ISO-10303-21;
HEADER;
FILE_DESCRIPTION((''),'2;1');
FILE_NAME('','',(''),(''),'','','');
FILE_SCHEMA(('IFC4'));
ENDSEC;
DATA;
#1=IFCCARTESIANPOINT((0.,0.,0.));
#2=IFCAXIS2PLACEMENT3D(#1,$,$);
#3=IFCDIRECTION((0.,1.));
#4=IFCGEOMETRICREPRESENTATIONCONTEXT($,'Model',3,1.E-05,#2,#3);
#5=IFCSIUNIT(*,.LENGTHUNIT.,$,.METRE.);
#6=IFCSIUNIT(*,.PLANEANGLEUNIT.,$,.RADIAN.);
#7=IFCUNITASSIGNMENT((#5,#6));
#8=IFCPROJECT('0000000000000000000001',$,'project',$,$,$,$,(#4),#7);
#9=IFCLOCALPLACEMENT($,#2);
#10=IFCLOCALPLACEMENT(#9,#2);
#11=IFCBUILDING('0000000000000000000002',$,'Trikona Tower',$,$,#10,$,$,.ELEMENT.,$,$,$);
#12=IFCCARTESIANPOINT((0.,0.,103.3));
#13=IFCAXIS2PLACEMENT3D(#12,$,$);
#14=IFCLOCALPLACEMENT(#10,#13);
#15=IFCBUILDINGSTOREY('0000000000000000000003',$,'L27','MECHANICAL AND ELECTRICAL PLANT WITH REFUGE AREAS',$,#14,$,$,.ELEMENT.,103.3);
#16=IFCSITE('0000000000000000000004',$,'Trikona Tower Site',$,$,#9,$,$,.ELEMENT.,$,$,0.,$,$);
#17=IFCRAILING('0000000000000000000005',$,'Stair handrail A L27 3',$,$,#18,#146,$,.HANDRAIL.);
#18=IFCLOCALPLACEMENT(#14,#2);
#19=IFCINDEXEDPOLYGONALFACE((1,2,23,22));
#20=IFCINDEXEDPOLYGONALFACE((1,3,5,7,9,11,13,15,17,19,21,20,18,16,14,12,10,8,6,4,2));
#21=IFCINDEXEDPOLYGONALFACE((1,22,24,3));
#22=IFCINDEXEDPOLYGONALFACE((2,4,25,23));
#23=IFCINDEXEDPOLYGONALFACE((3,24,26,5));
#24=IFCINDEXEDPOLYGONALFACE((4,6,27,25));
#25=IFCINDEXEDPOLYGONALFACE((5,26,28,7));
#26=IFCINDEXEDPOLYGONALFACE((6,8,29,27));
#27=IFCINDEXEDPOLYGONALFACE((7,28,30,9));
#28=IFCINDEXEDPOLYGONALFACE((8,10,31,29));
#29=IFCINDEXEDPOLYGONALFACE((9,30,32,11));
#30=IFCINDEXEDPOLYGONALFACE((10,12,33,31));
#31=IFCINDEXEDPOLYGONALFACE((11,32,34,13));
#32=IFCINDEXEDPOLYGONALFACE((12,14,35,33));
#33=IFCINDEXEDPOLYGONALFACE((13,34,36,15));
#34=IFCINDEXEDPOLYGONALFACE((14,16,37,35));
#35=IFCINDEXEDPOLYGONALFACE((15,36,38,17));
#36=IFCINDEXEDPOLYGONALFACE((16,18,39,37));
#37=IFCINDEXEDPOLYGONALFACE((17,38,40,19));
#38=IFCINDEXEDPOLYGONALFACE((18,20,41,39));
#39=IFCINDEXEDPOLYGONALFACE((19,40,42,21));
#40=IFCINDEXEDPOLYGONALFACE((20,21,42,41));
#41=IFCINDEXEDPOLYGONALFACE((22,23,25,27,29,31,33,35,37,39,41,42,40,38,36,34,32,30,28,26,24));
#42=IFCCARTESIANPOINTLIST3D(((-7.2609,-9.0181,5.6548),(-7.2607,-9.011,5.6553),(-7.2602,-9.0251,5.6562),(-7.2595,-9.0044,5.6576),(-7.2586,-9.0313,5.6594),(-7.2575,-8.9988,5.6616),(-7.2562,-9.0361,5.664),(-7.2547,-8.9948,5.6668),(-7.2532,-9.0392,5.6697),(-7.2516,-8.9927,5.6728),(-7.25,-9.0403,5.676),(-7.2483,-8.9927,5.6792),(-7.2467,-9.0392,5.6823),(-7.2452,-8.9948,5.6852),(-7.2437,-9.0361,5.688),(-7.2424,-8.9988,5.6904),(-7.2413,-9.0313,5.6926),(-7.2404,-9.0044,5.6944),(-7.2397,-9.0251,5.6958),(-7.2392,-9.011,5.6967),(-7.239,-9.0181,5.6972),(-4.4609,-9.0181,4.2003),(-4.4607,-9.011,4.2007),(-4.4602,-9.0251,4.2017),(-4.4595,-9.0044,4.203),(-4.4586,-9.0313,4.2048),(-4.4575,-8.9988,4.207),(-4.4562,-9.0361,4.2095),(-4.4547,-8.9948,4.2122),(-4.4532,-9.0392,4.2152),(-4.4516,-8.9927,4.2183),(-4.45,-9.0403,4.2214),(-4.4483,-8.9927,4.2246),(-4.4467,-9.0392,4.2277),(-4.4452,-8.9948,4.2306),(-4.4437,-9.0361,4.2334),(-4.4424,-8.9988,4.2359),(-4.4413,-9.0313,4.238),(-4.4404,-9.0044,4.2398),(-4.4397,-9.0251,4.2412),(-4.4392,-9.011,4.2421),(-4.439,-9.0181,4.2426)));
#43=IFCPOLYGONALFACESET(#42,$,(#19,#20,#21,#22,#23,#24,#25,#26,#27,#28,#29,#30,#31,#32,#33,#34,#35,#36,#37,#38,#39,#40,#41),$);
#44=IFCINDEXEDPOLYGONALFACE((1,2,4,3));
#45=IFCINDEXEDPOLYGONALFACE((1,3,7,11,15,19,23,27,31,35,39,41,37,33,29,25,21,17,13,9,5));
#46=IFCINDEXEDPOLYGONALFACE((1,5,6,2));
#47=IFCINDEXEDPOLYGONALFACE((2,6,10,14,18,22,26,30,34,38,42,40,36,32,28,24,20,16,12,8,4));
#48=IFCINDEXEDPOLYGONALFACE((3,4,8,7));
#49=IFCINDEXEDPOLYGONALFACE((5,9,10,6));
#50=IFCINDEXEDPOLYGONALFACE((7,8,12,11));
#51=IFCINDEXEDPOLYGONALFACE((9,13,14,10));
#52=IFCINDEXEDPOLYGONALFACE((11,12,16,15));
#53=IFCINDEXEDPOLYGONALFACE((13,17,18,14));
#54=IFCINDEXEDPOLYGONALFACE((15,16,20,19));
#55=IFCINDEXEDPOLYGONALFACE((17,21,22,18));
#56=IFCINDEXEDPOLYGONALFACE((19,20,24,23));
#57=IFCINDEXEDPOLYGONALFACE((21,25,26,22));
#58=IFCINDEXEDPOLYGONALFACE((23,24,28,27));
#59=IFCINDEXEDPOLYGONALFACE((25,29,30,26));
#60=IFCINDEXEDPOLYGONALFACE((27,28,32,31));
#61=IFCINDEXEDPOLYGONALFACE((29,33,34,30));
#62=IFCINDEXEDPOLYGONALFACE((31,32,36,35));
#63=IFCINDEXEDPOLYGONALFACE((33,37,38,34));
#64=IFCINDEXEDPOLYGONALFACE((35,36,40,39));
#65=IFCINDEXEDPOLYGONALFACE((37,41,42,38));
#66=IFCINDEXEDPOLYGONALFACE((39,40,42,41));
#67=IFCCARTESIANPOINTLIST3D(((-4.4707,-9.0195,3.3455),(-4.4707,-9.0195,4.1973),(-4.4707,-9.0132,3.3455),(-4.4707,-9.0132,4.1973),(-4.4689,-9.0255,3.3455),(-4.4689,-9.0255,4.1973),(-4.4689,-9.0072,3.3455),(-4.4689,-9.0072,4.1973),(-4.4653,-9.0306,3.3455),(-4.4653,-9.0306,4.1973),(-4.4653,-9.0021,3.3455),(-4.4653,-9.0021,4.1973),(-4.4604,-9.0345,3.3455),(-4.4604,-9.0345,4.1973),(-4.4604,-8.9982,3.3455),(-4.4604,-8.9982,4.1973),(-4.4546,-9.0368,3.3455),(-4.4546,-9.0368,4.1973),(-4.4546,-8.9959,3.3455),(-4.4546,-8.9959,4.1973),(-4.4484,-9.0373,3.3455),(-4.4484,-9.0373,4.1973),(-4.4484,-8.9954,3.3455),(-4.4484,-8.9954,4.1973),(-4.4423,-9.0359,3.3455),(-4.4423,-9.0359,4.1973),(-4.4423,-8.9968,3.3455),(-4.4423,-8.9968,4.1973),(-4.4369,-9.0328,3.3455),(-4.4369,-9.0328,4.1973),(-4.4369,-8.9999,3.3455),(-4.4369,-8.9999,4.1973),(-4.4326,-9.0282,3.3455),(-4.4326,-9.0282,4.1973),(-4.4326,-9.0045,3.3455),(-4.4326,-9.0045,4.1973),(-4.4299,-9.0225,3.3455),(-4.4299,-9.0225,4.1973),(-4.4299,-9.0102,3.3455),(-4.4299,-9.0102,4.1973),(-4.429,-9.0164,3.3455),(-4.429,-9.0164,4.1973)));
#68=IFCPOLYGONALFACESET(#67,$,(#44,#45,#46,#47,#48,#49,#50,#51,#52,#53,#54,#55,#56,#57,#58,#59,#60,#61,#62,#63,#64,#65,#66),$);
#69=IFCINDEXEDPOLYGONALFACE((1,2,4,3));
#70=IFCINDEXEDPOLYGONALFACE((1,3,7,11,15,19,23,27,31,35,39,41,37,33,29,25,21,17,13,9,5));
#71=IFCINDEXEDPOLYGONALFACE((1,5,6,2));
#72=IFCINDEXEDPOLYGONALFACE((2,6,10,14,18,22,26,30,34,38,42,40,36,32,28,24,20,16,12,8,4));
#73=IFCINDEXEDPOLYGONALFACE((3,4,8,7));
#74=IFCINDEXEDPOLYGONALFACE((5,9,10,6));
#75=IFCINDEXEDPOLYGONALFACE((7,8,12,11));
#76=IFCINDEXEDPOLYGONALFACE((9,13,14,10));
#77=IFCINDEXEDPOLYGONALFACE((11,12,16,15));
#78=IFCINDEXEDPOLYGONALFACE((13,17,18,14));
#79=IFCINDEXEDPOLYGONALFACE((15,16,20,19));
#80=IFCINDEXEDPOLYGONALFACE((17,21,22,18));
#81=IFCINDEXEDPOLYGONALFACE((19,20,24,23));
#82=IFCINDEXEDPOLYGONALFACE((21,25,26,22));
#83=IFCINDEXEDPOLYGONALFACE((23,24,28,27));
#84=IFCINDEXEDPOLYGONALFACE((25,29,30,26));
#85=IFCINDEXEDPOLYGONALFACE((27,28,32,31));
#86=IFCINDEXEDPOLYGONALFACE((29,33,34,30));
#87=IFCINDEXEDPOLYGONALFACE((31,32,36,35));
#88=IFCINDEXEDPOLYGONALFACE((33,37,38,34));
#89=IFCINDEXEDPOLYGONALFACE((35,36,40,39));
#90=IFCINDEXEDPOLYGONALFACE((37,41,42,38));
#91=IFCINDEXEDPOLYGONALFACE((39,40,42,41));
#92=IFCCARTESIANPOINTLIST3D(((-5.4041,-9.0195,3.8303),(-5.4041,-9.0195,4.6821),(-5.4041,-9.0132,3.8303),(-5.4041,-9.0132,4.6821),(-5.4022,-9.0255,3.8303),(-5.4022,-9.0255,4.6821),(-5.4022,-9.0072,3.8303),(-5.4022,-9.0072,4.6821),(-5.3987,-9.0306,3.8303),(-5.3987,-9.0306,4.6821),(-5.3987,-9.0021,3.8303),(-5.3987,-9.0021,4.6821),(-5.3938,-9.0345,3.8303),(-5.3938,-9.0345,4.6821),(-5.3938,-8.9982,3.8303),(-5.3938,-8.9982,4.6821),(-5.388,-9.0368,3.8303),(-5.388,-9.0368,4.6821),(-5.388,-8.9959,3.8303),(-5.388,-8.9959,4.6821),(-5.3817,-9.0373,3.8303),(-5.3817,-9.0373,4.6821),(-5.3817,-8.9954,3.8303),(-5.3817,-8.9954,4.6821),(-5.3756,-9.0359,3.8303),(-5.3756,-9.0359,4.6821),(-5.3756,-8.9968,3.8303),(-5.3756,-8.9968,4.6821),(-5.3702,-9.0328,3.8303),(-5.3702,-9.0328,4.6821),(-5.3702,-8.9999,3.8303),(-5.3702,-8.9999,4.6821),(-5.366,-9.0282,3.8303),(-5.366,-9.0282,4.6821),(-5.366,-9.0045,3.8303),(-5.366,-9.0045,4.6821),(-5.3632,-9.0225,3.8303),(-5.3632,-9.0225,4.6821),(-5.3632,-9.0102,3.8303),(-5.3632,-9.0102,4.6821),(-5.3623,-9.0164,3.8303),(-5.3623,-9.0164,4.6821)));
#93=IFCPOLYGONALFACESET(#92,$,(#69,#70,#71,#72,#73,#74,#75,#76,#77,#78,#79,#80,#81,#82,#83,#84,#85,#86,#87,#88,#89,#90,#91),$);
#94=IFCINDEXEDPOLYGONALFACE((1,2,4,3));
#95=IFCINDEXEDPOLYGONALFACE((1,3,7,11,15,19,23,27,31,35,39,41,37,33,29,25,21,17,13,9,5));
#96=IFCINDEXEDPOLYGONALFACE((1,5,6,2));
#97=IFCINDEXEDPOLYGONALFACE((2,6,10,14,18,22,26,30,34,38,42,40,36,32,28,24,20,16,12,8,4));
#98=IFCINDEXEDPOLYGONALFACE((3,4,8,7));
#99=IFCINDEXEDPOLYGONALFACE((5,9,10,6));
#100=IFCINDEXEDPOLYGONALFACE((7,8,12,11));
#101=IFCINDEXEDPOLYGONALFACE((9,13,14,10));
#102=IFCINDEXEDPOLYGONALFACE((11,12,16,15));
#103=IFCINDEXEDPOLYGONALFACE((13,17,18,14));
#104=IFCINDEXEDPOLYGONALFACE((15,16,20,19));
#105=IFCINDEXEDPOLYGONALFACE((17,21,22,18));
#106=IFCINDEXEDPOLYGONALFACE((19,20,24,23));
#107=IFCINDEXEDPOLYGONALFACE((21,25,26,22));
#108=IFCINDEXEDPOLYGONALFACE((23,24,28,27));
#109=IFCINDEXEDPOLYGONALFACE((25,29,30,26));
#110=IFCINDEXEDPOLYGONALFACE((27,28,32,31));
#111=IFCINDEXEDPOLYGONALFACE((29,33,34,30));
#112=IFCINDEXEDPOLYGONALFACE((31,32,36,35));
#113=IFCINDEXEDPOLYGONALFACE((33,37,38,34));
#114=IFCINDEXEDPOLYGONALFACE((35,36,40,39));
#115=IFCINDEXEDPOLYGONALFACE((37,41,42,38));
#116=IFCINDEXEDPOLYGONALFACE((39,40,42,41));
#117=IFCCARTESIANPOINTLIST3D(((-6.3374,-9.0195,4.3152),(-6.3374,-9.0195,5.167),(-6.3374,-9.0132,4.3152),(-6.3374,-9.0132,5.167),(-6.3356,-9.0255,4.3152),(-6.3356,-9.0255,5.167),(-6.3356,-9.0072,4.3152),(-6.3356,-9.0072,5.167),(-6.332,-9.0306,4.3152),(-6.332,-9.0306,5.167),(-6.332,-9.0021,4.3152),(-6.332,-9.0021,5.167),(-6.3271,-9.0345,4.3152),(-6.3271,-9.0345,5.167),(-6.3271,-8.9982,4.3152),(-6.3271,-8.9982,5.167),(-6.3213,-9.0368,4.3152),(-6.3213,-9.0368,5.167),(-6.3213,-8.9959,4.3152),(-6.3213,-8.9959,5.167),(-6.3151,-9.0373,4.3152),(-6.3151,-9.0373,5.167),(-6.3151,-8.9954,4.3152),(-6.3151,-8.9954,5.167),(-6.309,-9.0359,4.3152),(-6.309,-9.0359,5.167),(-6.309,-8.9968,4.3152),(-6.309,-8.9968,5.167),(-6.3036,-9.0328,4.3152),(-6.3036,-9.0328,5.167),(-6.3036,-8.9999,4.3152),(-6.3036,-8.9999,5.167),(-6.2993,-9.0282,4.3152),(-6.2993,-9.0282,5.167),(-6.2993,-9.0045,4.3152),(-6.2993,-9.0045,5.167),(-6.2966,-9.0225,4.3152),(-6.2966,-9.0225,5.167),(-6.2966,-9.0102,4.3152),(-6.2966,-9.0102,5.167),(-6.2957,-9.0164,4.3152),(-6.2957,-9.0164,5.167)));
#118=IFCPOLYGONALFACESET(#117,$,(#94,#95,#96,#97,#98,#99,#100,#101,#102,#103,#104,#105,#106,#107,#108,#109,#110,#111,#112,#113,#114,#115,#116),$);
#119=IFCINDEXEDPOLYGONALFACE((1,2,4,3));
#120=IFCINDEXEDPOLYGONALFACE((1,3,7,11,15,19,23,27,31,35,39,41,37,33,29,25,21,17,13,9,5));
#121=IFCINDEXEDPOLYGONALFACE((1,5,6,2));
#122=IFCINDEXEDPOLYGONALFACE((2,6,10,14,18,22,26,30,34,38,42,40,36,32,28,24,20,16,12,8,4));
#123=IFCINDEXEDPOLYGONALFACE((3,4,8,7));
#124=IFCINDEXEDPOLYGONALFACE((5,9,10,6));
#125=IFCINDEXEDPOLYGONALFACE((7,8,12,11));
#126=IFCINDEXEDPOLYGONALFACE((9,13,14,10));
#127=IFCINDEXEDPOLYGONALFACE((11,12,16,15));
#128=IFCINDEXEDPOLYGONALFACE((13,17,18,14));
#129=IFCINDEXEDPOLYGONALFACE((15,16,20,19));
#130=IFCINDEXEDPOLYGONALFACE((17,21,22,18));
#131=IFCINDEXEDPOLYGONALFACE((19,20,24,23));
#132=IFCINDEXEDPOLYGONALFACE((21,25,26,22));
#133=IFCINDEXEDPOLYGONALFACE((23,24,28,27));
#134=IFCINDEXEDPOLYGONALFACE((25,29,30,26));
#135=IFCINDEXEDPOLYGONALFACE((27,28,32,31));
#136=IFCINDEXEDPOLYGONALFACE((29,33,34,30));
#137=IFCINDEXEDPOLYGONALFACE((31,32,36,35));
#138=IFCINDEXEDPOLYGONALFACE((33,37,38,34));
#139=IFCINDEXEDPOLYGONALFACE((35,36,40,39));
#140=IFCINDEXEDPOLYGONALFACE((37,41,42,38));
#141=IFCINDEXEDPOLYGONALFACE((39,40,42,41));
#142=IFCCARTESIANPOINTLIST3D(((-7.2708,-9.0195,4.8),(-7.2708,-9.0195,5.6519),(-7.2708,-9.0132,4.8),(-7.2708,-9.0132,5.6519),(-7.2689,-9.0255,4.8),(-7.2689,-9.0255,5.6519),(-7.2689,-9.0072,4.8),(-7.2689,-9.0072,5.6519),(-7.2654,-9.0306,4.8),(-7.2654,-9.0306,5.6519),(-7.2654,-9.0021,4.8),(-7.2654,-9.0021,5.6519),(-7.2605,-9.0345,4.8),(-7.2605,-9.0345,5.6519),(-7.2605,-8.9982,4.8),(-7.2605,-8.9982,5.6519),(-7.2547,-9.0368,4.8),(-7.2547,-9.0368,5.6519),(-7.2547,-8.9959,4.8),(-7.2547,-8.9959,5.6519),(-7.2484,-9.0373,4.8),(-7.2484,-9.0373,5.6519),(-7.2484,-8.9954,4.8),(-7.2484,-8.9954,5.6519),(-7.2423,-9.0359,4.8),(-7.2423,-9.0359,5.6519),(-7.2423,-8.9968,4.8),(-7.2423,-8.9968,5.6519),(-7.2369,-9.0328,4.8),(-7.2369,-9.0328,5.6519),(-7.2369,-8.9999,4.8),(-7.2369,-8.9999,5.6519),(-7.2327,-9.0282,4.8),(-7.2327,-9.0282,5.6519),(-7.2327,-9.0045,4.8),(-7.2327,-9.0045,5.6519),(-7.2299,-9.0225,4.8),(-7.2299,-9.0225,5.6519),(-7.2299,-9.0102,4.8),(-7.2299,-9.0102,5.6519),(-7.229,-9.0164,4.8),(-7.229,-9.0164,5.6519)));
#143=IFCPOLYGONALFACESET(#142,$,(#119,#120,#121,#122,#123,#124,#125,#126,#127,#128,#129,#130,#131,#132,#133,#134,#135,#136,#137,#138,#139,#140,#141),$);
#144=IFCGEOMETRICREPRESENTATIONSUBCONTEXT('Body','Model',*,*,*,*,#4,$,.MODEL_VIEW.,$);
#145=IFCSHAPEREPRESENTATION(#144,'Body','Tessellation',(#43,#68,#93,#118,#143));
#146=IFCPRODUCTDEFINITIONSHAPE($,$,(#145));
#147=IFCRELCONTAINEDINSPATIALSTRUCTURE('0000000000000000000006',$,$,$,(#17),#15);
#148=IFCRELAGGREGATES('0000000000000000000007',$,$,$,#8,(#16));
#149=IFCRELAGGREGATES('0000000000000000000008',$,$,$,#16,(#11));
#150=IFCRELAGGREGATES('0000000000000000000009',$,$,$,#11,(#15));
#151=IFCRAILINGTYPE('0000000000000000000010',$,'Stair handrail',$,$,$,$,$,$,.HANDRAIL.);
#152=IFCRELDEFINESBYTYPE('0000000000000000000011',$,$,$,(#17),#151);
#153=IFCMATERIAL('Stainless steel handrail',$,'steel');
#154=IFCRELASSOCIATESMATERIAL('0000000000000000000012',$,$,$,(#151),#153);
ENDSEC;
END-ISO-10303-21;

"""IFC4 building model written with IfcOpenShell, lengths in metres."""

from ifc_helpers import new_model, si_unit, direction, frame, origin, origin_2d, place, context, subcontext, project, spatial, circle, extrude, material, type_object, element, save


model = new_model("IFC4")

# Units and contexts
model_context = context("Model", 3, precision=1e-05, world=origin(), true_north=direction((0.0, 1.0)))
body_context = subcontext(model_context, "Body", "Model", "MODEL_VIEW")
ifc_project = project(units=[si_unit("LENGTHUNIT", "METRE"), si_unit("PLANEANGLEUNIT", "RADIAN")], contexts=[model_context])

# Site, building, storey
site_placement = place(None, origin())
site = spatial("IfcSite", under=ifc_project, at=site_placement, Name="Trikona Tower Site", CompositionType="ELEMENT", RefElevation=0.0)
building_placement = place(site_placement, origin())
building = spatial("IfcBuilding", under=site, at=building_placement, Name="Trikona Tower", CompositionType="ELEMENT")
storey_placement = place(building_placement, frame((0.0, 0.0, 103.3)))
storey = spatial("IfcBuildingStorey", under=building, at=storey_placement, Name="L27", Description="MECHANICAL AND ELECTRICAL PLANT WITH REFUGE AREAS", CompositionType="ELEMENT", Elevation=103.3)

# Railing
ifc_material_1 = material(Name="Stainless steel handrail", Category="steel")
railing_type = type_object("IfcRailingType", Name="Stair handrail", PredefinedType="HANDRAIL", material=ifc_material_1)
railing_1_placement = place(storey_placement, frame((-4.45, -9.0164, 3.3455)))
element("IfcRailing", 1, at=railing_1_placement, inside=storey, type_object=railing_type, Name="Stair handrail A L27 3", PredefinedType="HANDRAIL", context=body_context, shape_type="SweptSolid", body=[
    extrude(circle(Radius=0.0239, at=origin_2d()), frame((0.0, 0.0, 0.876), z_axis=(-0.887403, 0.0, 0.460995), x_axis=(0.0, -1.0, 0.0)), (0.0, 0.0, 1.0), 3.1553),
    extrude(circle(Radius=0.021, at=origin_2d()), origin(), (0.0, 0.0, 1.0), 0.8518),
    extrude(circle(Radius=0.021, at=origin_2d()), frame((-0.9333, 0.0, 0.4849)), (0.0, 0.0, 1.0), 0.8518),
    extrude(circle(Radius=0.021, at=origin_2d()), frame((-1.8667, 0.0, 0.9697)), (0.0, 0.0, 1.0), 0.8518),
    extrude(circle(Radius=0.021, at=origin_2d()), frame((-2.8, 0.0, 1.4546)), (0.0, 0.0, 1.0), 0.8518),
])

save(model, "model.ifc")
